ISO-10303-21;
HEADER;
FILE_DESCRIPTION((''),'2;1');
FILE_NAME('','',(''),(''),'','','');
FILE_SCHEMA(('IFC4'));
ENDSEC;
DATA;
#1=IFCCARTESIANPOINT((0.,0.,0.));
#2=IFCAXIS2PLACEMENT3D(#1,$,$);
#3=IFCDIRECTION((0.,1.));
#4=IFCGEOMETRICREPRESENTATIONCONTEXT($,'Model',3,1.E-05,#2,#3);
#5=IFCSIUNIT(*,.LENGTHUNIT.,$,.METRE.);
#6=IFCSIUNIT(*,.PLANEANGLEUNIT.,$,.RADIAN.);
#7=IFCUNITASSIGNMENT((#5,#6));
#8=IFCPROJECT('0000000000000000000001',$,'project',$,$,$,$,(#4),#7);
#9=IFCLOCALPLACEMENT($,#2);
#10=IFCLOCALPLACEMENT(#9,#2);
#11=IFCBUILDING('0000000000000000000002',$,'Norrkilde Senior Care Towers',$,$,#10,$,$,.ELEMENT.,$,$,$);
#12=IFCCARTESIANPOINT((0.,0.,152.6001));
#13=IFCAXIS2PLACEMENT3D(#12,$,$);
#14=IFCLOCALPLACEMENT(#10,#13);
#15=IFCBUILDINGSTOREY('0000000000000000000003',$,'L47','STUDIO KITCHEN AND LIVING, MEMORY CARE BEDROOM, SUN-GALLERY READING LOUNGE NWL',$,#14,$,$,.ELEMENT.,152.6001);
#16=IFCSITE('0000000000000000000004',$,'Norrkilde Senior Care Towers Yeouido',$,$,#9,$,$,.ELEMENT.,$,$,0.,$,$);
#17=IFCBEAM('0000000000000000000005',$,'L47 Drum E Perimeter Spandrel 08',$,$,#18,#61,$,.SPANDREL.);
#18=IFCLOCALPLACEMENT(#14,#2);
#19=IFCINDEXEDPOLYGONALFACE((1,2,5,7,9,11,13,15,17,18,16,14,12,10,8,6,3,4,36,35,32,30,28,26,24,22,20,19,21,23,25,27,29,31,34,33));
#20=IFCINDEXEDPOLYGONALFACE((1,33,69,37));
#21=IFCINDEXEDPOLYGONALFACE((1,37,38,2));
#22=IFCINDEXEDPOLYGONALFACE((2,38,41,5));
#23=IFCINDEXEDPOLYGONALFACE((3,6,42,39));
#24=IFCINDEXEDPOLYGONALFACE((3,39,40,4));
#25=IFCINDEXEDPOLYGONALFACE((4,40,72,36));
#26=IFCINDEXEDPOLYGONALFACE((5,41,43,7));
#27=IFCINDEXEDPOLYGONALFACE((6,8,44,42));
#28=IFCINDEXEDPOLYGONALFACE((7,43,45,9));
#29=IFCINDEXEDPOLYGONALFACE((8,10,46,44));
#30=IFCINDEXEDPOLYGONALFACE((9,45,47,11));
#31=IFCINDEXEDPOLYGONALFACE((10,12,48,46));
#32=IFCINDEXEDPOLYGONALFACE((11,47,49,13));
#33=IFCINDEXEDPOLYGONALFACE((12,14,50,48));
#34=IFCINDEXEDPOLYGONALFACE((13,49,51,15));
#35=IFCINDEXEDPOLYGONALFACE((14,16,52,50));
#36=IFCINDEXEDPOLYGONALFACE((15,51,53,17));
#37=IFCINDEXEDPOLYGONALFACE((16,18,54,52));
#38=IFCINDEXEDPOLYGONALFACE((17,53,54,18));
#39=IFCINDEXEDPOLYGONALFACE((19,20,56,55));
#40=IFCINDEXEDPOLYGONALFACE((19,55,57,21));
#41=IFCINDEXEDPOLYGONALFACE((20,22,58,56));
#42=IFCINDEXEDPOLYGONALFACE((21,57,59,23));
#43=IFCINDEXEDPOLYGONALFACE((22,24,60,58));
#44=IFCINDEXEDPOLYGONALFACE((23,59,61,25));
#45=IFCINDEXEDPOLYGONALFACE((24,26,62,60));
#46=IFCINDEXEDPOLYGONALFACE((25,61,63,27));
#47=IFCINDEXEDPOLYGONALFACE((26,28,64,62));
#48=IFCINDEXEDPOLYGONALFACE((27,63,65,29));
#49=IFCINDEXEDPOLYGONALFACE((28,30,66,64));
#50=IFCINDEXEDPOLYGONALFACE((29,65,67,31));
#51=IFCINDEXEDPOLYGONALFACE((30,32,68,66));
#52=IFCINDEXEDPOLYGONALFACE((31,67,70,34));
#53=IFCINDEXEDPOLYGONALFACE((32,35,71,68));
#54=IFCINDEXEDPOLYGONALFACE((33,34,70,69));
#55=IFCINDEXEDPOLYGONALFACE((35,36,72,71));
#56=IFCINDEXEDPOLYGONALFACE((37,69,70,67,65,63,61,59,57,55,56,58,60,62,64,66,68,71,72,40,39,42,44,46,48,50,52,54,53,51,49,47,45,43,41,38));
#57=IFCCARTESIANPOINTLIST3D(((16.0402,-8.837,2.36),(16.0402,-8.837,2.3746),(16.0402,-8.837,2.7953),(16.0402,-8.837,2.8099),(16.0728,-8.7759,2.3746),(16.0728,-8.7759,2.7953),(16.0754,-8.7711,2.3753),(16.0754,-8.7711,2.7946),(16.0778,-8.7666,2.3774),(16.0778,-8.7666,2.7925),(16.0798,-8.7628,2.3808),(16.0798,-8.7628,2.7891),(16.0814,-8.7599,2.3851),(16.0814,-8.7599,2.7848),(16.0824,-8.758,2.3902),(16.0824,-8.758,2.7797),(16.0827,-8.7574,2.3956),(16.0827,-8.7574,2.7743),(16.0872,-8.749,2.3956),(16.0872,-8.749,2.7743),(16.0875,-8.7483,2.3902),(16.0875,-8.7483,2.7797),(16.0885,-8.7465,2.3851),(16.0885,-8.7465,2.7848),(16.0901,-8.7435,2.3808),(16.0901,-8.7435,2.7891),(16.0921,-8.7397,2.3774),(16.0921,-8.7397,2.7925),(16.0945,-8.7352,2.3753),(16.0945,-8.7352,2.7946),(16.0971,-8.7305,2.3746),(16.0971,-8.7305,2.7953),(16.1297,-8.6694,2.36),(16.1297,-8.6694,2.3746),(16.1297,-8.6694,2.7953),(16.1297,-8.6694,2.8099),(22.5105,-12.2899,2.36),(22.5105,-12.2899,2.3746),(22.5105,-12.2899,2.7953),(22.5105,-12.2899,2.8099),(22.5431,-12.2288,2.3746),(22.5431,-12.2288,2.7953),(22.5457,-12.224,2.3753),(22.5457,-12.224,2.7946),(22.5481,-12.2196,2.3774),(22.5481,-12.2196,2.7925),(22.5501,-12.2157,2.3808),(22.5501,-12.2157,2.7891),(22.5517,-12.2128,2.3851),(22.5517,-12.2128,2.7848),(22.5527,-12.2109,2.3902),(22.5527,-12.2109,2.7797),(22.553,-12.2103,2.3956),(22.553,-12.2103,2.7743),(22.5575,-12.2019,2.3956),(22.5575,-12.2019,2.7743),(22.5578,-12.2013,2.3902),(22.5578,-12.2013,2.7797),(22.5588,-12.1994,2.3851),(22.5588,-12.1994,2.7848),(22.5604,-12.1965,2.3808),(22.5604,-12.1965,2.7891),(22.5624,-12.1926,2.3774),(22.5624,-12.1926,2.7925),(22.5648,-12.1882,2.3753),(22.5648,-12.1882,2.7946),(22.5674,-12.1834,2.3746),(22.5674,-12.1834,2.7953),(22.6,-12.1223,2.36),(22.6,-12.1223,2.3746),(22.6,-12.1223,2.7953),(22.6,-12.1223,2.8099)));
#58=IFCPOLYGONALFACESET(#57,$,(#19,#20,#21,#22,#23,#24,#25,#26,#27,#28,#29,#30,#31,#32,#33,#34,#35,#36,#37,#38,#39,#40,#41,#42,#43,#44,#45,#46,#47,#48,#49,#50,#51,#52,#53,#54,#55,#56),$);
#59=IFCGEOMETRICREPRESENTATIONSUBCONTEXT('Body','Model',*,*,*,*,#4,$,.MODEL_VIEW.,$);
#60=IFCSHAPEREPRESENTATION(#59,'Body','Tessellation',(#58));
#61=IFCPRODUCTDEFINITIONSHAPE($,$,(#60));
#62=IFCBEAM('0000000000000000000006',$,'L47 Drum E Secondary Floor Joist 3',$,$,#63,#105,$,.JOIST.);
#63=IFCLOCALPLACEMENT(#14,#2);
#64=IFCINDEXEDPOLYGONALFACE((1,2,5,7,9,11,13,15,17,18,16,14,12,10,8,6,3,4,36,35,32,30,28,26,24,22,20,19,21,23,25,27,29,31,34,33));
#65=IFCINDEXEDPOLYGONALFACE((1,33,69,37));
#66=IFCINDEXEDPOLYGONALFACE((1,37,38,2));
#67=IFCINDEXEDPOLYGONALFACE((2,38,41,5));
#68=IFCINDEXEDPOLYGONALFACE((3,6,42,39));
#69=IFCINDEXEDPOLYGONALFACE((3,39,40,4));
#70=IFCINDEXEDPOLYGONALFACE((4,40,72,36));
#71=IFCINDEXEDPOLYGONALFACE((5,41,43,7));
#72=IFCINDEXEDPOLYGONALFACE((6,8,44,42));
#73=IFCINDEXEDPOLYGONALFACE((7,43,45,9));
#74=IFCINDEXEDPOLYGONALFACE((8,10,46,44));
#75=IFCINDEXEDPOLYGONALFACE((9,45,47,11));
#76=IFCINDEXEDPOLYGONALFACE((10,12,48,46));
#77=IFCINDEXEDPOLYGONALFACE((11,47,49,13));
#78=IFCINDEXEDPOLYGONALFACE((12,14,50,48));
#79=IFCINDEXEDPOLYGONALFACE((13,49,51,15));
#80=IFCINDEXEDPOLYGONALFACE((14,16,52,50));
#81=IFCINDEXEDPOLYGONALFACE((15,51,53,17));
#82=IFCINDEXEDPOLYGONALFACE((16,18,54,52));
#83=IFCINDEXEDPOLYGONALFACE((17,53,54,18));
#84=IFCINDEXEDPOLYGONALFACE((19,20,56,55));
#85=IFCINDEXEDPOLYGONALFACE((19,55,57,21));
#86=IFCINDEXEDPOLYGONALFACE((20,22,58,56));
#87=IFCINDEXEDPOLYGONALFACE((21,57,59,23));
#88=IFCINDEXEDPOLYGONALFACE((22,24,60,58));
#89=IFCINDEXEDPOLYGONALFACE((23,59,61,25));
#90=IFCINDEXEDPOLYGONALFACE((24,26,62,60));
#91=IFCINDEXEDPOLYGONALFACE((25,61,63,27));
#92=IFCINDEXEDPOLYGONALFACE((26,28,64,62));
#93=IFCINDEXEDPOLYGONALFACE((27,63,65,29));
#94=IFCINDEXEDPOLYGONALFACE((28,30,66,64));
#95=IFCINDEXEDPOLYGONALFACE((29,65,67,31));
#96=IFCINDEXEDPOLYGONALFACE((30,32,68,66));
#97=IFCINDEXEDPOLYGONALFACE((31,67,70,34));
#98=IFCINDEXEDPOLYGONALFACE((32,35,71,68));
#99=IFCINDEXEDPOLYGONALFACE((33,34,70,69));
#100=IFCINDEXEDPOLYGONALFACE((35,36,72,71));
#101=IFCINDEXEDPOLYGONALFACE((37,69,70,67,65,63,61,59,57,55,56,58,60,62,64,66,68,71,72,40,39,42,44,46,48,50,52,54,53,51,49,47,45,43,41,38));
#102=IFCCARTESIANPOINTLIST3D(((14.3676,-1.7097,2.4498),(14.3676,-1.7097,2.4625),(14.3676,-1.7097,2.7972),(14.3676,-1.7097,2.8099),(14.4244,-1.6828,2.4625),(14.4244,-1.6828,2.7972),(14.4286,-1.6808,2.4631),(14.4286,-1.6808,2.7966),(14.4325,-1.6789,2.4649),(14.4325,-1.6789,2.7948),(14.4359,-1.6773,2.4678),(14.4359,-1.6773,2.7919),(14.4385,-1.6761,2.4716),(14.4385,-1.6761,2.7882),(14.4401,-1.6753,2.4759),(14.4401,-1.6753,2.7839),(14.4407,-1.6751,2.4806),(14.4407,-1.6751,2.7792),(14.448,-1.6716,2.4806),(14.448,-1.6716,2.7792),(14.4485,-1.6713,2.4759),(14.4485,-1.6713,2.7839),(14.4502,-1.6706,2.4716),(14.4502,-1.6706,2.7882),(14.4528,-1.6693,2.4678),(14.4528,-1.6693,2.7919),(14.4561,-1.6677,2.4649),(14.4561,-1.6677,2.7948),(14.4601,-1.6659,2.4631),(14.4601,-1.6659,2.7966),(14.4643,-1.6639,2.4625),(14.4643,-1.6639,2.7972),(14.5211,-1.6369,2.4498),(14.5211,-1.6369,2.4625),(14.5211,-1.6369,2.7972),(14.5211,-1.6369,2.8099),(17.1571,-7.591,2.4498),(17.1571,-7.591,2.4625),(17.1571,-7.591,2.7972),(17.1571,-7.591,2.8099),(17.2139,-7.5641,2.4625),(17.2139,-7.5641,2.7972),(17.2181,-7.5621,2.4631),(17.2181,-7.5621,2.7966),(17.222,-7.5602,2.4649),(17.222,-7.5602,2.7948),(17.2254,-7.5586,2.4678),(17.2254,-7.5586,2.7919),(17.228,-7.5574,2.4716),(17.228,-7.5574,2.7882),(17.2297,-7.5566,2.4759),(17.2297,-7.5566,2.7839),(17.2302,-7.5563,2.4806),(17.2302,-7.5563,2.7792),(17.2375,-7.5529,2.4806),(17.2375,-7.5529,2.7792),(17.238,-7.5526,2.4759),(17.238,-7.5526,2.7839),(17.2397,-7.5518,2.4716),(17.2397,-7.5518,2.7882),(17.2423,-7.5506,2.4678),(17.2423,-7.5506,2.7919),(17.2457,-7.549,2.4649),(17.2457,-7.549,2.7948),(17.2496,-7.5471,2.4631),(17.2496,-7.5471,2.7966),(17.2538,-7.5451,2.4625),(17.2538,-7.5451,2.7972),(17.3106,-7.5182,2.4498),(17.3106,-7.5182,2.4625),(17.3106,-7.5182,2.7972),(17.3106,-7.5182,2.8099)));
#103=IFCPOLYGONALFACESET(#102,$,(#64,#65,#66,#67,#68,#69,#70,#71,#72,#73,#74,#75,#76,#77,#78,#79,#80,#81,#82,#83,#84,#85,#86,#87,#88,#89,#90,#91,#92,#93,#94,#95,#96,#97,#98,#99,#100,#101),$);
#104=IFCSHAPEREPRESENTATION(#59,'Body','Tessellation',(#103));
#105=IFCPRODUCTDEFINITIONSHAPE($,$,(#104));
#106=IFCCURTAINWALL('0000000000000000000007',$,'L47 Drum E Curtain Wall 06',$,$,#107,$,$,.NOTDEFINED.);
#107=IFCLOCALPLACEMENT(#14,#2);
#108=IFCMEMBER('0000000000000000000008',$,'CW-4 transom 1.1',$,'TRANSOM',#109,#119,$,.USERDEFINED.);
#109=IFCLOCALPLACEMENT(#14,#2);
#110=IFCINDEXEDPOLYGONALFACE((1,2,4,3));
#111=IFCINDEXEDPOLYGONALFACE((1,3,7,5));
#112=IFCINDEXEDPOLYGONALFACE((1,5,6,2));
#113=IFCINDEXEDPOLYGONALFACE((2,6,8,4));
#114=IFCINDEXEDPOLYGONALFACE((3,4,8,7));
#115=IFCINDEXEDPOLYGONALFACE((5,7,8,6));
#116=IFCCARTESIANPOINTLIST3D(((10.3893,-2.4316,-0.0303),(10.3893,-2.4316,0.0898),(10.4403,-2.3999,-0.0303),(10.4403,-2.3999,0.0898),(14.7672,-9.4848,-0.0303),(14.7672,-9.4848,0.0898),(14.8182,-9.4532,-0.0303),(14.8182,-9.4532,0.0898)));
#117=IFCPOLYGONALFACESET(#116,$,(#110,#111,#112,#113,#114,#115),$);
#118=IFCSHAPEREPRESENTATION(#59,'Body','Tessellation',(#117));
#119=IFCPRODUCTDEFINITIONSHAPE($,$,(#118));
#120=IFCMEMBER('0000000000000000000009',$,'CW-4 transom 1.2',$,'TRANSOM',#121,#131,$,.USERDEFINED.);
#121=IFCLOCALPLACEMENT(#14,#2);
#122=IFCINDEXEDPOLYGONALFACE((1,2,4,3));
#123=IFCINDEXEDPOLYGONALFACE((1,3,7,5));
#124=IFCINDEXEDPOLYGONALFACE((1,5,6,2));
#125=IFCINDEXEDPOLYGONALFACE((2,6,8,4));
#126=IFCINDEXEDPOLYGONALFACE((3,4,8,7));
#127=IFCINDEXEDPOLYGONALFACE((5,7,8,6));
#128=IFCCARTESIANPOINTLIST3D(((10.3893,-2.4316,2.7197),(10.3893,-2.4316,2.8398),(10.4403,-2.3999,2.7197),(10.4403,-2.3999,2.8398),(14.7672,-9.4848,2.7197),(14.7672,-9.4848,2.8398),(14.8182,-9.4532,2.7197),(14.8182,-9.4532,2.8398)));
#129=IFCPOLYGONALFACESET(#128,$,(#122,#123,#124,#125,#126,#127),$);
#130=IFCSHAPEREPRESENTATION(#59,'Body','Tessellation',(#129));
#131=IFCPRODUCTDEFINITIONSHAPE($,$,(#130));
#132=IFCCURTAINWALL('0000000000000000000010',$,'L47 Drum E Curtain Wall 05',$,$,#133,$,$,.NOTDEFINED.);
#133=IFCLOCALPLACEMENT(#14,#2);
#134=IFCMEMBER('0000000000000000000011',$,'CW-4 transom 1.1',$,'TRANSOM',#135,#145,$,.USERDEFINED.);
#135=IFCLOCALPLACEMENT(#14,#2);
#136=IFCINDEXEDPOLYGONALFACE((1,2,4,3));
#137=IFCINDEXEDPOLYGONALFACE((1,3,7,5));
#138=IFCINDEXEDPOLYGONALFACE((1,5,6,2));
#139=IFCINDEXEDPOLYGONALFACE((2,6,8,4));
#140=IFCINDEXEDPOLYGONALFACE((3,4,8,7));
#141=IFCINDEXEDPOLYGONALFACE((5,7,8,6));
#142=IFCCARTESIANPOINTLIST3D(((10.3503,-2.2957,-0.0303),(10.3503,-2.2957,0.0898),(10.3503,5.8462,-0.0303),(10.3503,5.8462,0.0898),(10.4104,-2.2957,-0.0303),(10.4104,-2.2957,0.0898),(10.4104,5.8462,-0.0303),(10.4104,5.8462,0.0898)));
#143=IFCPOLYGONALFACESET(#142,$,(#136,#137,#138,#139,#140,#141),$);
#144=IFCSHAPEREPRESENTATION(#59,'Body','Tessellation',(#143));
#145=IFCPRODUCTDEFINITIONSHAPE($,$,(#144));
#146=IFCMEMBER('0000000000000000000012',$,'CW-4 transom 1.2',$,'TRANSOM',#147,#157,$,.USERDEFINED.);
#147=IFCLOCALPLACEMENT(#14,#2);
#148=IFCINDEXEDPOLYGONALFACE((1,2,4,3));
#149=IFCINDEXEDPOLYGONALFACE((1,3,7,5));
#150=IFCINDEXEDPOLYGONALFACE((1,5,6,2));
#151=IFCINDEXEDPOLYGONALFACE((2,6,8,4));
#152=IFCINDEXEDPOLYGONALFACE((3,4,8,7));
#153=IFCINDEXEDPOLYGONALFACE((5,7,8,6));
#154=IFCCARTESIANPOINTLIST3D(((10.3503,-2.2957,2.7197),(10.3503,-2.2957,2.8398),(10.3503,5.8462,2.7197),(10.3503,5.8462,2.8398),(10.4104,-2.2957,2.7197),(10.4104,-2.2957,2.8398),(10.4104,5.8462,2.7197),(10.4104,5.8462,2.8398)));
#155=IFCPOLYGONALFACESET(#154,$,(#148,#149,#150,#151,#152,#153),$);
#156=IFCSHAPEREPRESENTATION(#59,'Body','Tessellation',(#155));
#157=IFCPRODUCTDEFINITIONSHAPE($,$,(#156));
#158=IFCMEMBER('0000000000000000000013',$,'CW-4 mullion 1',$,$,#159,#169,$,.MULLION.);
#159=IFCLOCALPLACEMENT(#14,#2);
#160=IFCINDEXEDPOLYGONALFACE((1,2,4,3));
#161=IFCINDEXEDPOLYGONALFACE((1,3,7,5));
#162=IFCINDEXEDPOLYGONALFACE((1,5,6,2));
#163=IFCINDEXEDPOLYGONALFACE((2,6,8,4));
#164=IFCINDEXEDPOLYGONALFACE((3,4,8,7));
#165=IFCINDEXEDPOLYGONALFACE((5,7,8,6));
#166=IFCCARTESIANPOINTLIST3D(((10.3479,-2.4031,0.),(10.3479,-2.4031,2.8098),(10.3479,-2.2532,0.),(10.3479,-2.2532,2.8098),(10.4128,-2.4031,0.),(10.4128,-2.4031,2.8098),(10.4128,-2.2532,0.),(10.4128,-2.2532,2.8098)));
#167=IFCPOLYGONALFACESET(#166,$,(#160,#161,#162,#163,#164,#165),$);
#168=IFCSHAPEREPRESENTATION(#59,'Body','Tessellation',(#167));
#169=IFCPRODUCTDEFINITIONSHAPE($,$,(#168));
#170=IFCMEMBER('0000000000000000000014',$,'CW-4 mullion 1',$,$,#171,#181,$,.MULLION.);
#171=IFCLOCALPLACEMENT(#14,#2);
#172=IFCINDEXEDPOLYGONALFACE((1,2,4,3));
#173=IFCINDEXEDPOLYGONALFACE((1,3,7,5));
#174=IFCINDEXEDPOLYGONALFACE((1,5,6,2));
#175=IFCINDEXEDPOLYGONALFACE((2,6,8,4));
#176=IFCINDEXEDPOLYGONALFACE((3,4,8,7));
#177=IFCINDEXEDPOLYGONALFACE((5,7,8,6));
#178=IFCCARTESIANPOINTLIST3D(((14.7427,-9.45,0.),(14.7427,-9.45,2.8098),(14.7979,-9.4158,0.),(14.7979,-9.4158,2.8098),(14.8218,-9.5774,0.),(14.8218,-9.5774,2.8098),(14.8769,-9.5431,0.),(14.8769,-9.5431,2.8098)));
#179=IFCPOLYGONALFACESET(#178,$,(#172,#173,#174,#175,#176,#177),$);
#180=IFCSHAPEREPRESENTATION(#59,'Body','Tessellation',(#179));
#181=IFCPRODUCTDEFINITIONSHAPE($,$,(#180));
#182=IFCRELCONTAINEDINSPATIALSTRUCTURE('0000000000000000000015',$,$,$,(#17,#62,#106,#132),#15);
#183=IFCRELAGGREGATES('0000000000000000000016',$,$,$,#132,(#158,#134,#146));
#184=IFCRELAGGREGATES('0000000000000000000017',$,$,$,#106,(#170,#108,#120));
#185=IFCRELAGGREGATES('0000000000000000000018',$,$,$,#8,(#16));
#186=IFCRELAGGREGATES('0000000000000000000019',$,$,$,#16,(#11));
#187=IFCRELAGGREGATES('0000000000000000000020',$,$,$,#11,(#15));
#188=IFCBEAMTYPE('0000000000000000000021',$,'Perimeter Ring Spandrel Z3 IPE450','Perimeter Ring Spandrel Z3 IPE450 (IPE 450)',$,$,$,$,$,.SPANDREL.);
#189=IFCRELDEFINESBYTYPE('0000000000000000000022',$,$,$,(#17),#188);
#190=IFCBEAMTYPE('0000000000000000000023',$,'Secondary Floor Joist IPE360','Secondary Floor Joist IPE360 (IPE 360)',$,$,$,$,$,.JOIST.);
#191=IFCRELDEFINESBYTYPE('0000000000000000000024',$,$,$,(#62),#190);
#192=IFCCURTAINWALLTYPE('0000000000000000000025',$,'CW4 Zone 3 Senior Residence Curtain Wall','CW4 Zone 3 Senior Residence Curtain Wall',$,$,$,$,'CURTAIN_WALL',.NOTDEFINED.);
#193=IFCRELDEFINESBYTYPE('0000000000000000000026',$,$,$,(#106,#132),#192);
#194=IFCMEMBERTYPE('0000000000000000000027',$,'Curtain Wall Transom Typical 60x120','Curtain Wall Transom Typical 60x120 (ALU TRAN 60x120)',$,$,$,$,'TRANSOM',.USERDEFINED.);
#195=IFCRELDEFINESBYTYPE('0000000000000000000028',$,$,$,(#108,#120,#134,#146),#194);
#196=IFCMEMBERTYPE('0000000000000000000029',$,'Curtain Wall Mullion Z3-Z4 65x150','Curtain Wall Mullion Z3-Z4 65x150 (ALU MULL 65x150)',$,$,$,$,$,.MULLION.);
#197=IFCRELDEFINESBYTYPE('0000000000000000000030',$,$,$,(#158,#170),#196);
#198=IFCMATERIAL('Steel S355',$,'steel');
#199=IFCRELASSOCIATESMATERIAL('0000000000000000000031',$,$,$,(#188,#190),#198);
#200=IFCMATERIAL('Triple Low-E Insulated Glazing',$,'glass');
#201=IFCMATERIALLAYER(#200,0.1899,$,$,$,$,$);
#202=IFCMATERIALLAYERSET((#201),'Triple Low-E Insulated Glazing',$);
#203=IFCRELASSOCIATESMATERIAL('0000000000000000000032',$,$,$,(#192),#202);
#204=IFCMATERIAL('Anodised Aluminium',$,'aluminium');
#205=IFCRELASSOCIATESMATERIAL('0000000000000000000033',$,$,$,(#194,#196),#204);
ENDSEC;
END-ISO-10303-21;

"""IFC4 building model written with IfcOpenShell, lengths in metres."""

from ifc_helpers import new_model, si_unit, direction, frame, origin, origin_2d, place, context, subcontext, project, spatial, rectangle, i_section, extrude, source, transform, mapped, material, layer, layer_set, material_profile, profile_set, type_object, type_shapes, element, aggregate, save


model = new_model("IFC4")

# Units and contexts
model_context = context("Model", 3, precision=1e-05, world=origin(), true_north=direction((0.0, 1.0)))
body_context = subcontext(model_context, "Body", "Model", "MODEL_VIEW")
ifc_project = project(units=[si_unit("LENGTHUNIT", "METRE"), si_unit("PLANEANGLEUNIT", "RADIAN")], contexts=[model_context])

# Site, building, storey
site_placement = place(None, origin())
site = spatial("IfcSite", under=ifc_project, at=site_placement, Name="Norrkilde Senior Care Towers Yeouido", CompositionType="ELEMENT", RefElevation=0.0)
building_placement = place(site_placement, origin())
building = spatial("IfcBuilding", under=site, at=building_placement, Name="Norrkilde Senior Care Towers", CompositionType="ELEMENT")
storey_placement = place(building_placement, frame((0.0, 0.0, 152.6001)))
storey = spatial("IfcBuildingStorey", under=building, at=storey_placement, Name="L47", Description="STUDIO KITCHEN AND LIVING, MEMORY CARE BEDROOM, SUN-GALLERY READING LOUNGE NWL", CompositionType="ELEMENT", Elevation=152.6001)

# Beams
ifc_material_1 = material(Name="Steel S355", Category="steel")
ifc_material_profile_1 = material_profile(ifc_material_1, i_section(OverallWidth=0.1899, OverallDepth=0.45, WebThickness=0.0095, FlangeThickness=0.0146, FilletRadius=0.021, at=origin_2d()), Name="IPE 450")
ifc_profile_set_1 = profile_set([ifc_material_profile_1], Name="Steel S355")
beam_type_1 = type_object("IfcBeamType", Name="Perimeter Ring Spandrel Z3 IPE450", Description="Perimeter Ring Spandrel Z3 IPE450 (IPE 450)", PredefinedType="SPANDREL", material=ifc_profile_set_1)
shared_shape_1 = source(origin(), body_context, "Body", "SweptSolid", [
    extrude(i_section(OverallWidth=0.1899, OverallDepth=0.45, WebThickness=0.0095, FlangeThickness=0.0146, FilletRadius=0.021, at=origin_2d()), origin(), (0.0, 0.0, 1.0), 7.334),
])
beam_1_placement = place(storey_placement, frame((16.085, -8.7532, 2.585), z_axis=(0.882234, -0.470811, 0.0), x_axis=(0.470811, 0.882234, 0.0)))
element("IfcBeam", 1, at=beam_1_placement, inside=storey, type_object=beam_type_1, Name="L47 Drum E Perimeter Spandrel 08", PredefinedType="SPANDREL", context=body_context, shape_type="MappedRepresentation", body=[
    mapped(shared_shape_1, transform((0.0, 0.0, 0.0), x_axis=(1.0, 0.0, 0.0), y_axis=(0.0, 1.0, 0.0), z_axis=(0.0, 0.0, 1.0), scale=1.0)),
])
ifc_material_profile_2 = material_profile(ifc_material_1, i_section(OverallWidth=0.1699, OverallDepth=0.3601, WebThickness=0.0081, FlangeThickness=0.0127, FilletRadius=0.0181, at=origin_2d()), Name="IPE 360")
ifc_profile_set_2 = profile_set([ifc_material_profile_2], Name="Steel S355")
beam_type_2 = type_object("IfcBeamType", Name="Secondary Floor Joist IPE360", Description="Secondary Floor Joist IPE360 (IPE 360)", PredefinedType="JOIST", material=ifc_profile_set_2)
shared_shape_2 = source(origin(), body_context, "Body", "SweptSolid", [
    extrude(i_section(OverallWidth=0.1699, OverallDepth=0.3601, WebThickness=0.0081, FlangeThickness=0.0127, FilletRadius=0.0181, at=origin_2d()), origin(), (0.0, 0.0, 1.0), 6.5093),
])
type_shapes(beam_type_2, [shared_shape_2])
beam_2_placement = place(storey_placement, frame((14.4443, -1.6733, 2.6299), z_axis=(0.428544, -0.903521, 0.0), x_axis=(0.903521, 0.428544, 0.0)))
element("IfcBeam", 2, at=beam_2_placement, inside=storey, type_object=beam_type_2, Name="L47 Drum E Secondary Floor Joist 3", PredefinedType="JOIST", context=body_context, shape_type="MappedRepresentation", body=[
    mapped(shared_shape_2, transform((0.0, 0.0, 0.0), x_axis=(1.0, 0.0, 0.0), y_axis=(0.0, 1.0, 0.0), z_axis=(0.0, 0.0, 1.0), scale=1.0)),
])

# Curtain walls, members
ifc_material_2 = material(Name="Triple Low-E Insulated Glazing", Category="glass")
ifc_layer_1 = layer(ifc_material_2, 0.1899)
ifc_layer_set_1 = layer_set([ifc_layer_1], Name="Triple Low-E Insulated Glazing")
curtain_wall_type = type_object("IfcCurtainWallType", Name="CW4 Zone 3 Senior Residence Curtain Wall", Description="CW4 Zone 3 Senior Residence Curtain Wall", ElementType="CURTAIN_WALL", PredefinedType="NOTDEFINED", material=ifc_layer_set_1)
curtain_wall_1_placement = place(storey_placement, origin())
curtain_wall_1 = element("IfcCurtainWall", 3, at=curtain_wall_1_placement, inside=storey, type_object=curtain_wall_type, Name="L47 Drum E Curtain Wall 06", PredefinedType="NOTDEFINED")
ifc_material_3 = material(Name="Anodised Aluminium", Category="aluminium")
ifc_material_profile_3 = material_profile(ifc_material_3, rectangle(XDim=0.0601, YDim=0.1201, at=origin_2d()), Name="ALU TRAN 60x120")
ifc_profile_set_3 = profile_set([ifc_material_profile_3], Name="Anodised Aluminium")
member_type_1 = type_object("IfcMemberType", Name="Curtain Wall Transom Typical 60x120", Description="Curtain Wall Transom Typical 60x120 (ALU TRAN 60x120)", ElementType="TRANSOM", PredefinedType="USERDEFINED", material=ifc_profile_set_3)
shared_shape_3 = source(origin(), body_context, "Body", "SweptSolid", [
    extrude(rectangle(XDim=0.0601, YDim=0.1201, at=origin_2d()), origin(), (0.0, 0.0, 1.0), 8.3015),
])
member_1_placement = place(storey_placement, frame((14.7927, -9.469, 0.0298), z_axis=(-0.527369, 0.849637, 0.0), x_axis=(-0.849637, -0.527369, 0.0)))
member_1 = element("IfcMember", 4, at=member_1_placement, type_object=member_type_1, Name="CW-4 transom 1.1", ObjectType="TRANSOM", PredefinedType="USERDEFINED", context=body_context, shape_type="MappedRepresentation", body=[
    mapped(shared_shape_3, transform((0.0, 0.0, 0.0), x_axis=(1.0, 0.0, 0.0), y_axis=(0.0, 1.0, 0.0), z_axis=(0.0, 0.0, 1.0), scale=1.0)),
])
member_2_placement = place(storey_placement, frame((14.7927, -9.469, 2.7798), z_axis=(-0.527369, 0.849637, 0.0), x_axis=(-0.849637, -0.527369, 0.0)))
member_2 = element("IfcMember", 5, at=member_2_placement, type_object=member_type_1, Name="CW-4 transom 1.2", ObjectType="TRANSOM", PredefinedType="USERDEFINED", context=body_context, shape_type="MappedRepresentation", body=[
    mapped(shared_shape_3, transform((0.0, 0.0, 0.0), x_axis=(1.0, 0.0, 0.0), y_axis=(0.0, 1.0, 0.0), z_axis=(0.0, 0.0, 1.0), scale=1.0)),
])
curtain_wall_2_placement = place(storey_placement, origin())
curtain_wall_2 = element("IfcCurtainWall", 6, at=curtain_wall_2_placement, inside=storey, type_object=curtain_wall_type, Name="L47 Drum E Curtain Wall 05", PredefinedType="NOTDEFINED")
shared_shape_4 = source(origin(), body_context, "Body", "SweptSolid", [
    extrude(rectangle(XDim=0.0601, YDim=0.1201, at=origin_2d()), origin(), (0.0, 0.0, 1.0), 8.1418),
])
type_shapes(member_type_1, [shared_shape_3, shared_shape_4])
member_3_placement = place(storey_placement, frame((10.3804, -2.2957, 0.0298), z_axis=(0.0, 1.0, 0.0), x_axis=(-1.0, 0.0, 0.0)))
member_3 = element("IfcMember", 7, at=member_3_placement, type_object=member_type_1, Name="CW-4 transom 1.1", ObjectType="TRANSOM", PredefinedType="USERDEFINED", context=body_context, shape_type="MappedRepresentation", body=[
    mapped(shared_shape_4, transform((0.0, 0.0, 0.0), x_axis=(1.0, 0.0, 0.0), y_axis=(0.0, 1.0, 0.0), z_axis=(0.0, 0.0, 1.0), scale=1.0)),
])
member_4_placement = place(storey_placement, frame((10.3804, -2.2957, 2.7798), z_axis=(0.0, 1.0, 0.0), x_axis=(-1.0, 0.0, 0.0)))
member_4 = element("IfcMember", 8, at=member_4_placement, type_object=member_type_1, Name="CW-4 transom 1.2", ObjectType="TRANSOM", PredefinedType="USERDEFINED", context=body_context, shape_type="MappedRepresentation", body=[
    mapped(shared_shape_4, transform((0.0, 0.0, 0.0), x_axis=(1.0, 0.0, 0.0), y_axis=(0.0, 1.0, 0.0), z_axis=(0.0, 0.0, 1.0), scale=1.0)),
])
ifc_material_profile_4 = material_profile(ifc_material_3, rectangle(XDim=0.0649, YDim=0.1499, at=origin_2d()), Name="ALU MULL 65x150")
ifc_profile_set_4 = profile_set([ifc_material_profile_4], Name="Anodised Aluminium")
member_type_2 = type_object("IfcMemberType", Name="Curtain Wall Mullion Z3-Z4 65x150", Description="Curtain Wall Mullion Z3-Z4 65x150 (ALU MULL 65x150)", PredefinedType="MULLION", material=ifc_profile_set_4)
shared_shape_5 = source(origin(), body_context, "Body", "SweptSolid", [
    extrude(rectangle(XDim=0.0649, YDim=0.1499, at=origin_2d()), origin(), (0.0, 0.0, 1.0), 2.8098),
])
type_shapes(member_type_2, [shared_shape_5])
member_5_placement = place(storey_placement, frame((10.3804, -2.3281, 0.0), z_axis=(0.0, 0.0, 1.0), x_axis=(-1.0, 0.0, 0.0)))
member_5 = element("IfcMember", 9, at=member_5_placement, type_object=member_type_2, Name="CW-4 mullion 1", PredefinedType="MULLION", context=body_context, shape_type="MappedRepresentation", body=[
    mapped(shared_shape_5, transform((0.0, 0.0, 0.0), x_axis=(1.0, 0.0, 0.0), y_axis=(0.0, 1.0, 0.0), z_axis=(0.0, 0.0, 1.0), scale=1.0)),
])
aggregate(curtain_wall_2, [member_5, member_3, member_4])

# Member
member_6_placement = place(storey_placement, frame((14.8098, -9.4966, 0.0), z_axis=(0.0, 0.0, 1.0), x_axis=(-0.849634, -0.527373, 0.0)))
member_6 = element("IfcMember", 10, at=member_6_placement, type_object=member_type_2, Name="CW-4 mullion 1", PredefinedType="MULLION", context=body_context, shape_type="MappedRepresentation", body=[
    mapped(shared_shape_5, transform((0.0, 0.0, 0.0), x_axis=(1.0, 0.0, 0.0), y_axis=(0.0, 1.0, 0.0), z_axis=(0.0, 0.0, 1.0), scale=1.0)),
])

aggregate(curtain_wall_1, [member_6, member_1, member_2])

save(model, "model.ifc")
